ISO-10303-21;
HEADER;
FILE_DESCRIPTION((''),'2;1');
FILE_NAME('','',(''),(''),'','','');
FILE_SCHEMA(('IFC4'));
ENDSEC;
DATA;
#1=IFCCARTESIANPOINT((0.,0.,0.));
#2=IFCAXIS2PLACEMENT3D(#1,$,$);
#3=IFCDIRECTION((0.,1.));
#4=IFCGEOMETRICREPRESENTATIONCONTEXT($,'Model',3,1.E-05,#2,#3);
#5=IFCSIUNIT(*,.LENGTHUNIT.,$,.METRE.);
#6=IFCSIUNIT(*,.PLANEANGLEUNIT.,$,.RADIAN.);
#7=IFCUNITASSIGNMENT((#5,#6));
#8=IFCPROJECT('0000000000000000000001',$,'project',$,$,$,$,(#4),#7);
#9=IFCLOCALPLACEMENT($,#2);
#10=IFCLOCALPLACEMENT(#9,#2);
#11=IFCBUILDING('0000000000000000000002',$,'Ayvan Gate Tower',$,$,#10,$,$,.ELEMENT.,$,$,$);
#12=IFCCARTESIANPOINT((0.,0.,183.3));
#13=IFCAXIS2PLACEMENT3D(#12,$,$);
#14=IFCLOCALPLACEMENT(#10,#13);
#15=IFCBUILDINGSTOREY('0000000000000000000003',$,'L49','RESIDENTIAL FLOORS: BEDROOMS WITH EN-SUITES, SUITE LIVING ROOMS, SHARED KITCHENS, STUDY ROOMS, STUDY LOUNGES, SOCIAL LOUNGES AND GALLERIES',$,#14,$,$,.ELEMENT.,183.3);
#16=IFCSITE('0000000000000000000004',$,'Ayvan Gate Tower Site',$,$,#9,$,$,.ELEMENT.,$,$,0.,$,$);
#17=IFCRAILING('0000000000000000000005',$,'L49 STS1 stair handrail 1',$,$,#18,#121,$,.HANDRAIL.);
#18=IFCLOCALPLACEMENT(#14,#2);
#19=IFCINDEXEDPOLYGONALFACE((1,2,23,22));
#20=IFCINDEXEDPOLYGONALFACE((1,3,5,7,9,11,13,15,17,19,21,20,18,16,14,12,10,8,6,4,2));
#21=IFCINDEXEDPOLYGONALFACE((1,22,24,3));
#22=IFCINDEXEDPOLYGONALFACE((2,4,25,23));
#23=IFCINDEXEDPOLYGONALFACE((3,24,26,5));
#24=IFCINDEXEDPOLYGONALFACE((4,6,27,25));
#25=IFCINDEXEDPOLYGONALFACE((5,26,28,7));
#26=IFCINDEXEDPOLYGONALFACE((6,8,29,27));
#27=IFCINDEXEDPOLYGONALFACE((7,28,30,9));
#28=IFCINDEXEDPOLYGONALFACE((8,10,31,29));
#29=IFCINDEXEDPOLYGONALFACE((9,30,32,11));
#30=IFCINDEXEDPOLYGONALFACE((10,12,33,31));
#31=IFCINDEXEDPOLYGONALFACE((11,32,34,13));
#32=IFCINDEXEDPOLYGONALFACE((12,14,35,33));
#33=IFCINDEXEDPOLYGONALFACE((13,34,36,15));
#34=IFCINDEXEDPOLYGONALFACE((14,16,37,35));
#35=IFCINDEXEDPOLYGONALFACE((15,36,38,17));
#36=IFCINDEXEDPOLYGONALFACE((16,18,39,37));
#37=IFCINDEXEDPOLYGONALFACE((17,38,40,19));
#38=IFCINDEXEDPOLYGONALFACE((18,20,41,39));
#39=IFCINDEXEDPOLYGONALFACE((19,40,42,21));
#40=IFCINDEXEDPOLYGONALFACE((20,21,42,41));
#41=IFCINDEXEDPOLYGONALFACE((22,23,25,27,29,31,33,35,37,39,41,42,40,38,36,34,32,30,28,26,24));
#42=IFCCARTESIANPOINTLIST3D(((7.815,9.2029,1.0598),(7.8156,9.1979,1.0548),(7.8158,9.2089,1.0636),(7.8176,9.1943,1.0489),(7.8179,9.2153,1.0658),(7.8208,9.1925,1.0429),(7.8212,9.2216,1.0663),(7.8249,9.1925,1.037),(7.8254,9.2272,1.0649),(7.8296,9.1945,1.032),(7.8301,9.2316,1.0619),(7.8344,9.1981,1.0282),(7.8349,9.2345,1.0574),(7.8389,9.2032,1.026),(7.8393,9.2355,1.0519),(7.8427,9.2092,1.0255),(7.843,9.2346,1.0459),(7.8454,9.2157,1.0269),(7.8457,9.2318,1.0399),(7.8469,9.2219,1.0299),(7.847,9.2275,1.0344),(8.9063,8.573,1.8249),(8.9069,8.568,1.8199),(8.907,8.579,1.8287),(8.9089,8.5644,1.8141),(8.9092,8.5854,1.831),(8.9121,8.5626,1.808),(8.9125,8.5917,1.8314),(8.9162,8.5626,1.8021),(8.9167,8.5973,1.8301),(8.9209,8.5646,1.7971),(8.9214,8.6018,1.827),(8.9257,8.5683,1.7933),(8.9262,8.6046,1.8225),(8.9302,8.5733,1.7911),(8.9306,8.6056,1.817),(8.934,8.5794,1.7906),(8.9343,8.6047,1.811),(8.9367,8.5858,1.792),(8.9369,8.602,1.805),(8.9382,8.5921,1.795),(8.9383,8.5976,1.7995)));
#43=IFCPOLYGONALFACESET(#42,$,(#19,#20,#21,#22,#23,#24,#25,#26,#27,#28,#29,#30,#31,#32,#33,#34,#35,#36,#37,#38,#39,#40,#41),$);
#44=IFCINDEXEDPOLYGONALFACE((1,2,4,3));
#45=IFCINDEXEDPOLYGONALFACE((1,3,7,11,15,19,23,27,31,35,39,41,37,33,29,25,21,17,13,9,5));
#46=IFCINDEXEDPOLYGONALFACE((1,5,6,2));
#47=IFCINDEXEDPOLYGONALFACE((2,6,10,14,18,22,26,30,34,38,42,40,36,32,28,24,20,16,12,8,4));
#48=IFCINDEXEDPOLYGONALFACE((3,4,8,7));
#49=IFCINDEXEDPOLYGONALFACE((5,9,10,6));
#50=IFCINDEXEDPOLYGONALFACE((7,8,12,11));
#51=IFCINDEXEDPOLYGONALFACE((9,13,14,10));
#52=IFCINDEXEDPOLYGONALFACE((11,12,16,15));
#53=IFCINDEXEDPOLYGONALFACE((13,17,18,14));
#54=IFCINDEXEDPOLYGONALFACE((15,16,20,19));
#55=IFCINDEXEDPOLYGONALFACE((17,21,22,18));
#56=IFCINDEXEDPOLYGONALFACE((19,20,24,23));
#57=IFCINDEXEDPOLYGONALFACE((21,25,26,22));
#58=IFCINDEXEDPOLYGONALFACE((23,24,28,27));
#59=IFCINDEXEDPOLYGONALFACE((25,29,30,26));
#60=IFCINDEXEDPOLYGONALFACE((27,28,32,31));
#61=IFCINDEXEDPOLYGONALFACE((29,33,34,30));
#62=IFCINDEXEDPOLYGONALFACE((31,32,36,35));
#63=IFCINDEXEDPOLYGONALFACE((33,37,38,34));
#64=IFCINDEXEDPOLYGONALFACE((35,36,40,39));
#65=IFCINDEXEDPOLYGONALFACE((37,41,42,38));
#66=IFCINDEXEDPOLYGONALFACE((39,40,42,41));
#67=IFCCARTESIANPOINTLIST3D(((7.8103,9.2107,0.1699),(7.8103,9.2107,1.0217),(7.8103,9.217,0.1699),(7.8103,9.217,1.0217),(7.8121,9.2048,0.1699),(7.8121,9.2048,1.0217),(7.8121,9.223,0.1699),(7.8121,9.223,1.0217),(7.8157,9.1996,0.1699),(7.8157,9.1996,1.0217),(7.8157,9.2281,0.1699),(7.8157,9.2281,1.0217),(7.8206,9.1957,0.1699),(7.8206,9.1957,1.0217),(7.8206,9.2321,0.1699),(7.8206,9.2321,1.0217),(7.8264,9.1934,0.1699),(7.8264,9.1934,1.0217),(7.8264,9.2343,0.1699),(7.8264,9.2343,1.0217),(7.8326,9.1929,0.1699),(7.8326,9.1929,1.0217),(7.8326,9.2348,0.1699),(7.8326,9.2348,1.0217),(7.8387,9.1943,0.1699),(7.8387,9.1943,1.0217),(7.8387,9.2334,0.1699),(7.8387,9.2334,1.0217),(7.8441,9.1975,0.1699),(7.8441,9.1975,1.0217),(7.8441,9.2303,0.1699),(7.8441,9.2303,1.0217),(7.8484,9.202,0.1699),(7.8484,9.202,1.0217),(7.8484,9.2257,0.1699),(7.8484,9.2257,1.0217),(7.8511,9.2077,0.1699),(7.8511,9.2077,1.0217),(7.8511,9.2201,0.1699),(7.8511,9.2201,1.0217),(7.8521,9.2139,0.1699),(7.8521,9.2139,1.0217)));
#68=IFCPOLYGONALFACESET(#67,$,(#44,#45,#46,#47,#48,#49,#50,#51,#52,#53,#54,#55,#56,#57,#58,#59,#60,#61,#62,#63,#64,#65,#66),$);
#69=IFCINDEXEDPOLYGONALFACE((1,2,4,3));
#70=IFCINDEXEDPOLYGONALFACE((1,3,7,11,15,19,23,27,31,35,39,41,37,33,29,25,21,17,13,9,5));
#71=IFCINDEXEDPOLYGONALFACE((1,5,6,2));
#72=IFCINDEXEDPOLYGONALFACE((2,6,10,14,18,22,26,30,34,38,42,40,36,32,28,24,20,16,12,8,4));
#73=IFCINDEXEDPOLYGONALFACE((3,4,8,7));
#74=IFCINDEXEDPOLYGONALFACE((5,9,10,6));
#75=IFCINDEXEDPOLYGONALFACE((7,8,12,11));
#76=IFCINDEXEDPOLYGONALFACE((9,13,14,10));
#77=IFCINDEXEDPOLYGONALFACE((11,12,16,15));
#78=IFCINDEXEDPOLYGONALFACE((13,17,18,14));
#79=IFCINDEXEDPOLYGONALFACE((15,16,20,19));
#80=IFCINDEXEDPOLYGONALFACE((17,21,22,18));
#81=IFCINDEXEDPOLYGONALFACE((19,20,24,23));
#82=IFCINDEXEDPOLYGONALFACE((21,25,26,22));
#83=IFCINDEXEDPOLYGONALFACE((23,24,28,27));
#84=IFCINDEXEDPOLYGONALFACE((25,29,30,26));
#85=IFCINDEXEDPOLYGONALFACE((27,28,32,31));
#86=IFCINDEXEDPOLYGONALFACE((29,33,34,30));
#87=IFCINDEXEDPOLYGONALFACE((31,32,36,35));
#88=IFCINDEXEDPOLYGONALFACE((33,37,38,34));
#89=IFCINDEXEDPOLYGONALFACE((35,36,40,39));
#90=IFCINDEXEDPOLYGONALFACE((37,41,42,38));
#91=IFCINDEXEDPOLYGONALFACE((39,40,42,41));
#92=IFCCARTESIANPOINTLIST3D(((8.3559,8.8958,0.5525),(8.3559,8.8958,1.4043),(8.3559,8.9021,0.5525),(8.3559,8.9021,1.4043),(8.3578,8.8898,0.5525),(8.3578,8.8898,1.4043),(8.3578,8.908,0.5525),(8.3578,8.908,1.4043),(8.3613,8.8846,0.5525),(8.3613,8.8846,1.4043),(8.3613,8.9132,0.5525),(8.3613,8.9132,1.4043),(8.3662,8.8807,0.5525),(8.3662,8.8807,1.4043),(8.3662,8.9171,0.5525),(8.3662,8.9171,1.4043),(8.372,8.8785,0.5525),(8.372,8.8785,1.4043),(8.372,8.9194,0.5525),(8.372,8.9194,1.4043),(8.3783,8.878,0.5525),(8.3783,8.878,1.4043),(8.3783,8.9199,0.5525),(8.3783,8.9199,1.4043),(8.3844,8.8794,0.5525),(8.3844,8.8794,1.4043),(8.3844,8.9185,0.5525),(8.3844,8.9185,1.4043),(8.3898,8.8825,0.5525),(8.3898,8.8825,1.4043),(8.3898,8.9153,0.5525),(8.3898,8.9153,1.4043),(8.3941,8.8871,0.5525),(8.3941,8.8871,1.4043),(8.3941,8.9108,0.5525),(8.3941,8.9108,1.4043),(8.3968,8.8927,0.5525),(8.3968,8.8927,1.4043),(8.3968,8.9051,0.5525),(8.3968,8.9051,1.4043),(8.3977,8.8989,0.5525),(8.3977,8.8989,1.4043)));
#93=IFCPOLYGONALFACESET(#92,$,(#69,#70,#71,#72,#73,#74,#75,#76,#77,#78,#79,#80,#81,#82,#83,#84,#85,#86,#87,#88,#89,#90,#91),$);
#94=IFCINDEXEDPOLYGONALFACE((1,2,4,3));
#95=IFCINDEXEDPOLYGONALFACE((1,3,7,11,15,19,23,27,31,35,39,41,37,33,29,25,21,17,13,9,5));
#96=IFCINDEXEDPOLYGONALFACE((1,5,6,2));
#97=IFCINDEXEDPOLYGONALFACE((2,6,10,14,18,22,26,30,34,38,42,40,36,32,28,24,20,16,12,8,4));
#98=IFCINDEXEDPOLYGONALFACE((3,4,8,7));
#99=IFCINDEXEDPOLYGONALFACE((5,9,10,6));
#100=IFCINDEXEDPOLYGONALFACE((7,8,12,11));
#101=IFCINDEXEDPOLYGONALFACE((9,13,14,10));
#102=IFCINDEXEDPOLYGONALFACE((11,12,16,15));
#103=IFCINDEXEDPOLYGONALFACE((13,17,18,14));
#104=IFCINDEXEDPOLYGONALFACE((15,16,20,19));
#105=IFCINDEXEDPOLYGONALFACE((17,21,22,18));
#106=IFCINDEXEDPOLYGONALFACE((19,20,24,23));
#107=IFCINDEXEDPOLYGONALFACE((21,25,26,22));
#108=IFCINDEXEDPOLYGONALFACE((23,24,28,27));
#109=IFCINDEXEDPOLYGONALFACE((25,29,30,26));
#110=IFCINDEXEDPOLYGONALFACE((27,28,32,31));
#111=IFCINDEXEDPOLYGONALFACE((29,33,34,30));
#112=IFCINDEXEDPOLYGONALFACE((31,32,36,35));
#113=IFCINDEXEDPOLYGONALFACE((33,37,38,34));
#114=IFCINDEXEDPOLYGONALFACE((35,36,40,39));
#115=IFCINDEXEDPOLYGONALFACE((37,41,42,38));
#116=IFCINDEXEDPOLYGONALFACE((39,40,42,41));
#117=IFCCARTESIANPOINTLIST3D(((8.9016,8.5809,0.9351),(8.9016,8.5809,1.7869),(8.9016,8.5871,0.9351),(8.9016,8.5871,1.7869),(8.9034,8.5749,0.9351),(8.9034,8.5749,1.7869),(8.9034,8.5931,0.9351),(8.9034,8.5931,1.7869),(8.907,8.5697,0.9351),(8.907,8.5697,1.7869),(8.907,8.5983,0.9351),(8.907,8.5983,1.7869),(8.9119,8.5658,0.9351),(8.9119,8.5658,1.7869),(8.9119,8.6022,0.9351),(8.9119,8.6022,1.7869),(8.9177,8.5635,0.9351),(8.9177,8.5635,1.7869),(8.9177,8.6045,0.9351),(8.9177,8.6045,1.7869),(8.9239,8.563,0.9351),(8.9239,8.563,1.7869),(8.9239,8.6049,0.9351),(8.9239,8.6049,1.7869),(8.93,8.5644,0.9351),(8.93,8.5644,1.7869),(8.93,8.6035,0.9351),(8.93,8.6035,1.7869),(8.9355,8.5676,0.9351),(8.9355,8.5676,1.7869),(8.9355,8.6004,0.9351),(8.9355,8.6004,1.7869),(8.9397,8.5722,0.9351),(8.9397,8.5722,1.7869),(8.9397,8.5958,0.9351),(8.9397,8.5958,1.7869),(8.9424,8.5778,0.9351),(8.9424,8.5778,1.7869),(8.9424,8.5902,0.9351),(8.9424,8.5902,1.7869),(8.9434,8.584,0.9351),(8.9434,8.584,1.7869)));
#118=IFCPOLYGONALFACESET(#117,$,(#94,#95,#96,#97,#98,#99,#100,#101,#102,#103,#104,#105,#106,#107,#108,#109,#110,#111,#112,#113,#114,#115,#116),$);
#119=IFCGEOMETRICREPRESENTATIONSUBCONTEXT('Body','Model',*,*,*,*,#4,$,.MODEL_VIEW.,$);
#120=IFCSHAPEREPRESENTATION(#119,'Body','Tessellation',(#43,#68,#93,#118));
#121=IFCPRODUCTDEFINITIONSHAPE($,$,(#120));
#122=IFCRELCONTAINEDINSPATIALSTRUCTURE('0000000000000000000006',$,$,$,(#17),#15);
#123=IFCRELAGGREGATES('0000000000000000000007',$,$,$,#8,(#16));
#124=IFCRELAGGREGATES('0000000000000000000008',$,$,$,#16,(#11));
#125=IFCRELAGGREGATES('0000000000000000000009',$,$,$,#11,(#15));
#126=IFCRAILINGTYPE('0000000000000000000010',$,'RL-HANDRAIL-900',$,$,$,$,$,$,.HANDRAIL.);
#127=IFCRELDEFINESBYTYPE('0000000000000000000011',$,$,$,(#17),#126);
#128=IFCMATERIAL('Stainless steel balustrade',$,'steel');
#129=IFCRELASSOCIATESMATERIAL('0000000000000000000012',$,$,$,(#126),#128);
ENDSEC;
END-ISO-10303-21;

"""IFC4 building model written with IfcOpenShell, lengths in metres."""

from ifc_helpers import new_model, si_unit, direction, frame, origin, origin_2d, place, context, subcontext, project, spatial, circle, extrude, material, type_object, element, save


model = new_model("IFC4")

# Units and contexts
model_context = context("Model", 3, precision=1e-05, world=origin(), true_north=direction((0.0, 1.0)))
body_context = subcontext(model_context, "Body", "Model", "MODEL_VIEW")
ifc_project = project(units=[si_unit("LENGTHUNIT", "METRE"), si_unit("PLANEANGLEUNIT", "RADIAN")], contexts=[model_context])

# Site, building, storey
site_placement = place(None, origin())
site = spatial("IfcSite", under=ifc_project, at=site_placement, Name="Ayvan Gate Tower Site", CompositionType="ELEMENT", RefElevation=0.0)
building_placement = place(site_placement, origin())
building = spatial("IfcBuilding", under=site, at=building_placement, Name="Ayvan Gate Tower", CompositionType="ELEMENT")
storey_placement = place(building_placement, frame((0.0, 0.0, 183.3)))
storey = spatial("IfcBuildingStorey", under=building, at=storey_placement, Name="L49", Description="RESIDENTIAL FLOORS: BEDROOMS WITH EN-SUITES, SUITE LIVING ROOMS, SHARED KITCHENS, STUDY ROOMS, STUDY LOUNGES, SOCIAL LOUNGES AND GALLERIES", CompositionType="ELEMENT", Elevation=183.3)

# Railing
ifc_material_1 = material(Name="Stainless steel balustrade", Category="steel")
railing_type_1 = type_object("IfcRailingType", Name="RL-HANDRAIL-900", PredefinedType="HANDRAIL", material=ifc_material_1)
railing_1_placement = place(storey_placement, frame((7.8311, 9.2139, 0.1699)))
element("IfcRailing", 1, at=railing_1_placement, inside=storey, type_object=railing_type_1, Name="L49 STS1 stair handrail 1", PredefinedType="HANDRAIL", context=body_context, shape_type="SweptSolid", body=[
    extrude(circle(Radius=0.0239, at=origin_2d()), frame((0.0, 0.0, 0.876), z_axis=(0.740293, -0.427283, 0.519033), x_axis=(0.49989, 0.866089, 0.0)), (0.0, 0.0, 1.0), 1.4741),
    extrude(circle(Radius=0.021, at=origin_2d()), origin(), (0.0, 0.0, 1.0), 0.8518),
    extrude(circle(Radius=0.021, at=origin_2d()), frame((0.5457, -0.3149, 0.3826)), (0.0, 0.0, 1.0), 0.8518),
    extrude(circle(Radius=0.021, at=origin_2d()), frame((1.0913, -0.6299, 0.7651)), (0.0, 0.0, 1.0), 0.8518),
])

save(model, "model.ifc")
